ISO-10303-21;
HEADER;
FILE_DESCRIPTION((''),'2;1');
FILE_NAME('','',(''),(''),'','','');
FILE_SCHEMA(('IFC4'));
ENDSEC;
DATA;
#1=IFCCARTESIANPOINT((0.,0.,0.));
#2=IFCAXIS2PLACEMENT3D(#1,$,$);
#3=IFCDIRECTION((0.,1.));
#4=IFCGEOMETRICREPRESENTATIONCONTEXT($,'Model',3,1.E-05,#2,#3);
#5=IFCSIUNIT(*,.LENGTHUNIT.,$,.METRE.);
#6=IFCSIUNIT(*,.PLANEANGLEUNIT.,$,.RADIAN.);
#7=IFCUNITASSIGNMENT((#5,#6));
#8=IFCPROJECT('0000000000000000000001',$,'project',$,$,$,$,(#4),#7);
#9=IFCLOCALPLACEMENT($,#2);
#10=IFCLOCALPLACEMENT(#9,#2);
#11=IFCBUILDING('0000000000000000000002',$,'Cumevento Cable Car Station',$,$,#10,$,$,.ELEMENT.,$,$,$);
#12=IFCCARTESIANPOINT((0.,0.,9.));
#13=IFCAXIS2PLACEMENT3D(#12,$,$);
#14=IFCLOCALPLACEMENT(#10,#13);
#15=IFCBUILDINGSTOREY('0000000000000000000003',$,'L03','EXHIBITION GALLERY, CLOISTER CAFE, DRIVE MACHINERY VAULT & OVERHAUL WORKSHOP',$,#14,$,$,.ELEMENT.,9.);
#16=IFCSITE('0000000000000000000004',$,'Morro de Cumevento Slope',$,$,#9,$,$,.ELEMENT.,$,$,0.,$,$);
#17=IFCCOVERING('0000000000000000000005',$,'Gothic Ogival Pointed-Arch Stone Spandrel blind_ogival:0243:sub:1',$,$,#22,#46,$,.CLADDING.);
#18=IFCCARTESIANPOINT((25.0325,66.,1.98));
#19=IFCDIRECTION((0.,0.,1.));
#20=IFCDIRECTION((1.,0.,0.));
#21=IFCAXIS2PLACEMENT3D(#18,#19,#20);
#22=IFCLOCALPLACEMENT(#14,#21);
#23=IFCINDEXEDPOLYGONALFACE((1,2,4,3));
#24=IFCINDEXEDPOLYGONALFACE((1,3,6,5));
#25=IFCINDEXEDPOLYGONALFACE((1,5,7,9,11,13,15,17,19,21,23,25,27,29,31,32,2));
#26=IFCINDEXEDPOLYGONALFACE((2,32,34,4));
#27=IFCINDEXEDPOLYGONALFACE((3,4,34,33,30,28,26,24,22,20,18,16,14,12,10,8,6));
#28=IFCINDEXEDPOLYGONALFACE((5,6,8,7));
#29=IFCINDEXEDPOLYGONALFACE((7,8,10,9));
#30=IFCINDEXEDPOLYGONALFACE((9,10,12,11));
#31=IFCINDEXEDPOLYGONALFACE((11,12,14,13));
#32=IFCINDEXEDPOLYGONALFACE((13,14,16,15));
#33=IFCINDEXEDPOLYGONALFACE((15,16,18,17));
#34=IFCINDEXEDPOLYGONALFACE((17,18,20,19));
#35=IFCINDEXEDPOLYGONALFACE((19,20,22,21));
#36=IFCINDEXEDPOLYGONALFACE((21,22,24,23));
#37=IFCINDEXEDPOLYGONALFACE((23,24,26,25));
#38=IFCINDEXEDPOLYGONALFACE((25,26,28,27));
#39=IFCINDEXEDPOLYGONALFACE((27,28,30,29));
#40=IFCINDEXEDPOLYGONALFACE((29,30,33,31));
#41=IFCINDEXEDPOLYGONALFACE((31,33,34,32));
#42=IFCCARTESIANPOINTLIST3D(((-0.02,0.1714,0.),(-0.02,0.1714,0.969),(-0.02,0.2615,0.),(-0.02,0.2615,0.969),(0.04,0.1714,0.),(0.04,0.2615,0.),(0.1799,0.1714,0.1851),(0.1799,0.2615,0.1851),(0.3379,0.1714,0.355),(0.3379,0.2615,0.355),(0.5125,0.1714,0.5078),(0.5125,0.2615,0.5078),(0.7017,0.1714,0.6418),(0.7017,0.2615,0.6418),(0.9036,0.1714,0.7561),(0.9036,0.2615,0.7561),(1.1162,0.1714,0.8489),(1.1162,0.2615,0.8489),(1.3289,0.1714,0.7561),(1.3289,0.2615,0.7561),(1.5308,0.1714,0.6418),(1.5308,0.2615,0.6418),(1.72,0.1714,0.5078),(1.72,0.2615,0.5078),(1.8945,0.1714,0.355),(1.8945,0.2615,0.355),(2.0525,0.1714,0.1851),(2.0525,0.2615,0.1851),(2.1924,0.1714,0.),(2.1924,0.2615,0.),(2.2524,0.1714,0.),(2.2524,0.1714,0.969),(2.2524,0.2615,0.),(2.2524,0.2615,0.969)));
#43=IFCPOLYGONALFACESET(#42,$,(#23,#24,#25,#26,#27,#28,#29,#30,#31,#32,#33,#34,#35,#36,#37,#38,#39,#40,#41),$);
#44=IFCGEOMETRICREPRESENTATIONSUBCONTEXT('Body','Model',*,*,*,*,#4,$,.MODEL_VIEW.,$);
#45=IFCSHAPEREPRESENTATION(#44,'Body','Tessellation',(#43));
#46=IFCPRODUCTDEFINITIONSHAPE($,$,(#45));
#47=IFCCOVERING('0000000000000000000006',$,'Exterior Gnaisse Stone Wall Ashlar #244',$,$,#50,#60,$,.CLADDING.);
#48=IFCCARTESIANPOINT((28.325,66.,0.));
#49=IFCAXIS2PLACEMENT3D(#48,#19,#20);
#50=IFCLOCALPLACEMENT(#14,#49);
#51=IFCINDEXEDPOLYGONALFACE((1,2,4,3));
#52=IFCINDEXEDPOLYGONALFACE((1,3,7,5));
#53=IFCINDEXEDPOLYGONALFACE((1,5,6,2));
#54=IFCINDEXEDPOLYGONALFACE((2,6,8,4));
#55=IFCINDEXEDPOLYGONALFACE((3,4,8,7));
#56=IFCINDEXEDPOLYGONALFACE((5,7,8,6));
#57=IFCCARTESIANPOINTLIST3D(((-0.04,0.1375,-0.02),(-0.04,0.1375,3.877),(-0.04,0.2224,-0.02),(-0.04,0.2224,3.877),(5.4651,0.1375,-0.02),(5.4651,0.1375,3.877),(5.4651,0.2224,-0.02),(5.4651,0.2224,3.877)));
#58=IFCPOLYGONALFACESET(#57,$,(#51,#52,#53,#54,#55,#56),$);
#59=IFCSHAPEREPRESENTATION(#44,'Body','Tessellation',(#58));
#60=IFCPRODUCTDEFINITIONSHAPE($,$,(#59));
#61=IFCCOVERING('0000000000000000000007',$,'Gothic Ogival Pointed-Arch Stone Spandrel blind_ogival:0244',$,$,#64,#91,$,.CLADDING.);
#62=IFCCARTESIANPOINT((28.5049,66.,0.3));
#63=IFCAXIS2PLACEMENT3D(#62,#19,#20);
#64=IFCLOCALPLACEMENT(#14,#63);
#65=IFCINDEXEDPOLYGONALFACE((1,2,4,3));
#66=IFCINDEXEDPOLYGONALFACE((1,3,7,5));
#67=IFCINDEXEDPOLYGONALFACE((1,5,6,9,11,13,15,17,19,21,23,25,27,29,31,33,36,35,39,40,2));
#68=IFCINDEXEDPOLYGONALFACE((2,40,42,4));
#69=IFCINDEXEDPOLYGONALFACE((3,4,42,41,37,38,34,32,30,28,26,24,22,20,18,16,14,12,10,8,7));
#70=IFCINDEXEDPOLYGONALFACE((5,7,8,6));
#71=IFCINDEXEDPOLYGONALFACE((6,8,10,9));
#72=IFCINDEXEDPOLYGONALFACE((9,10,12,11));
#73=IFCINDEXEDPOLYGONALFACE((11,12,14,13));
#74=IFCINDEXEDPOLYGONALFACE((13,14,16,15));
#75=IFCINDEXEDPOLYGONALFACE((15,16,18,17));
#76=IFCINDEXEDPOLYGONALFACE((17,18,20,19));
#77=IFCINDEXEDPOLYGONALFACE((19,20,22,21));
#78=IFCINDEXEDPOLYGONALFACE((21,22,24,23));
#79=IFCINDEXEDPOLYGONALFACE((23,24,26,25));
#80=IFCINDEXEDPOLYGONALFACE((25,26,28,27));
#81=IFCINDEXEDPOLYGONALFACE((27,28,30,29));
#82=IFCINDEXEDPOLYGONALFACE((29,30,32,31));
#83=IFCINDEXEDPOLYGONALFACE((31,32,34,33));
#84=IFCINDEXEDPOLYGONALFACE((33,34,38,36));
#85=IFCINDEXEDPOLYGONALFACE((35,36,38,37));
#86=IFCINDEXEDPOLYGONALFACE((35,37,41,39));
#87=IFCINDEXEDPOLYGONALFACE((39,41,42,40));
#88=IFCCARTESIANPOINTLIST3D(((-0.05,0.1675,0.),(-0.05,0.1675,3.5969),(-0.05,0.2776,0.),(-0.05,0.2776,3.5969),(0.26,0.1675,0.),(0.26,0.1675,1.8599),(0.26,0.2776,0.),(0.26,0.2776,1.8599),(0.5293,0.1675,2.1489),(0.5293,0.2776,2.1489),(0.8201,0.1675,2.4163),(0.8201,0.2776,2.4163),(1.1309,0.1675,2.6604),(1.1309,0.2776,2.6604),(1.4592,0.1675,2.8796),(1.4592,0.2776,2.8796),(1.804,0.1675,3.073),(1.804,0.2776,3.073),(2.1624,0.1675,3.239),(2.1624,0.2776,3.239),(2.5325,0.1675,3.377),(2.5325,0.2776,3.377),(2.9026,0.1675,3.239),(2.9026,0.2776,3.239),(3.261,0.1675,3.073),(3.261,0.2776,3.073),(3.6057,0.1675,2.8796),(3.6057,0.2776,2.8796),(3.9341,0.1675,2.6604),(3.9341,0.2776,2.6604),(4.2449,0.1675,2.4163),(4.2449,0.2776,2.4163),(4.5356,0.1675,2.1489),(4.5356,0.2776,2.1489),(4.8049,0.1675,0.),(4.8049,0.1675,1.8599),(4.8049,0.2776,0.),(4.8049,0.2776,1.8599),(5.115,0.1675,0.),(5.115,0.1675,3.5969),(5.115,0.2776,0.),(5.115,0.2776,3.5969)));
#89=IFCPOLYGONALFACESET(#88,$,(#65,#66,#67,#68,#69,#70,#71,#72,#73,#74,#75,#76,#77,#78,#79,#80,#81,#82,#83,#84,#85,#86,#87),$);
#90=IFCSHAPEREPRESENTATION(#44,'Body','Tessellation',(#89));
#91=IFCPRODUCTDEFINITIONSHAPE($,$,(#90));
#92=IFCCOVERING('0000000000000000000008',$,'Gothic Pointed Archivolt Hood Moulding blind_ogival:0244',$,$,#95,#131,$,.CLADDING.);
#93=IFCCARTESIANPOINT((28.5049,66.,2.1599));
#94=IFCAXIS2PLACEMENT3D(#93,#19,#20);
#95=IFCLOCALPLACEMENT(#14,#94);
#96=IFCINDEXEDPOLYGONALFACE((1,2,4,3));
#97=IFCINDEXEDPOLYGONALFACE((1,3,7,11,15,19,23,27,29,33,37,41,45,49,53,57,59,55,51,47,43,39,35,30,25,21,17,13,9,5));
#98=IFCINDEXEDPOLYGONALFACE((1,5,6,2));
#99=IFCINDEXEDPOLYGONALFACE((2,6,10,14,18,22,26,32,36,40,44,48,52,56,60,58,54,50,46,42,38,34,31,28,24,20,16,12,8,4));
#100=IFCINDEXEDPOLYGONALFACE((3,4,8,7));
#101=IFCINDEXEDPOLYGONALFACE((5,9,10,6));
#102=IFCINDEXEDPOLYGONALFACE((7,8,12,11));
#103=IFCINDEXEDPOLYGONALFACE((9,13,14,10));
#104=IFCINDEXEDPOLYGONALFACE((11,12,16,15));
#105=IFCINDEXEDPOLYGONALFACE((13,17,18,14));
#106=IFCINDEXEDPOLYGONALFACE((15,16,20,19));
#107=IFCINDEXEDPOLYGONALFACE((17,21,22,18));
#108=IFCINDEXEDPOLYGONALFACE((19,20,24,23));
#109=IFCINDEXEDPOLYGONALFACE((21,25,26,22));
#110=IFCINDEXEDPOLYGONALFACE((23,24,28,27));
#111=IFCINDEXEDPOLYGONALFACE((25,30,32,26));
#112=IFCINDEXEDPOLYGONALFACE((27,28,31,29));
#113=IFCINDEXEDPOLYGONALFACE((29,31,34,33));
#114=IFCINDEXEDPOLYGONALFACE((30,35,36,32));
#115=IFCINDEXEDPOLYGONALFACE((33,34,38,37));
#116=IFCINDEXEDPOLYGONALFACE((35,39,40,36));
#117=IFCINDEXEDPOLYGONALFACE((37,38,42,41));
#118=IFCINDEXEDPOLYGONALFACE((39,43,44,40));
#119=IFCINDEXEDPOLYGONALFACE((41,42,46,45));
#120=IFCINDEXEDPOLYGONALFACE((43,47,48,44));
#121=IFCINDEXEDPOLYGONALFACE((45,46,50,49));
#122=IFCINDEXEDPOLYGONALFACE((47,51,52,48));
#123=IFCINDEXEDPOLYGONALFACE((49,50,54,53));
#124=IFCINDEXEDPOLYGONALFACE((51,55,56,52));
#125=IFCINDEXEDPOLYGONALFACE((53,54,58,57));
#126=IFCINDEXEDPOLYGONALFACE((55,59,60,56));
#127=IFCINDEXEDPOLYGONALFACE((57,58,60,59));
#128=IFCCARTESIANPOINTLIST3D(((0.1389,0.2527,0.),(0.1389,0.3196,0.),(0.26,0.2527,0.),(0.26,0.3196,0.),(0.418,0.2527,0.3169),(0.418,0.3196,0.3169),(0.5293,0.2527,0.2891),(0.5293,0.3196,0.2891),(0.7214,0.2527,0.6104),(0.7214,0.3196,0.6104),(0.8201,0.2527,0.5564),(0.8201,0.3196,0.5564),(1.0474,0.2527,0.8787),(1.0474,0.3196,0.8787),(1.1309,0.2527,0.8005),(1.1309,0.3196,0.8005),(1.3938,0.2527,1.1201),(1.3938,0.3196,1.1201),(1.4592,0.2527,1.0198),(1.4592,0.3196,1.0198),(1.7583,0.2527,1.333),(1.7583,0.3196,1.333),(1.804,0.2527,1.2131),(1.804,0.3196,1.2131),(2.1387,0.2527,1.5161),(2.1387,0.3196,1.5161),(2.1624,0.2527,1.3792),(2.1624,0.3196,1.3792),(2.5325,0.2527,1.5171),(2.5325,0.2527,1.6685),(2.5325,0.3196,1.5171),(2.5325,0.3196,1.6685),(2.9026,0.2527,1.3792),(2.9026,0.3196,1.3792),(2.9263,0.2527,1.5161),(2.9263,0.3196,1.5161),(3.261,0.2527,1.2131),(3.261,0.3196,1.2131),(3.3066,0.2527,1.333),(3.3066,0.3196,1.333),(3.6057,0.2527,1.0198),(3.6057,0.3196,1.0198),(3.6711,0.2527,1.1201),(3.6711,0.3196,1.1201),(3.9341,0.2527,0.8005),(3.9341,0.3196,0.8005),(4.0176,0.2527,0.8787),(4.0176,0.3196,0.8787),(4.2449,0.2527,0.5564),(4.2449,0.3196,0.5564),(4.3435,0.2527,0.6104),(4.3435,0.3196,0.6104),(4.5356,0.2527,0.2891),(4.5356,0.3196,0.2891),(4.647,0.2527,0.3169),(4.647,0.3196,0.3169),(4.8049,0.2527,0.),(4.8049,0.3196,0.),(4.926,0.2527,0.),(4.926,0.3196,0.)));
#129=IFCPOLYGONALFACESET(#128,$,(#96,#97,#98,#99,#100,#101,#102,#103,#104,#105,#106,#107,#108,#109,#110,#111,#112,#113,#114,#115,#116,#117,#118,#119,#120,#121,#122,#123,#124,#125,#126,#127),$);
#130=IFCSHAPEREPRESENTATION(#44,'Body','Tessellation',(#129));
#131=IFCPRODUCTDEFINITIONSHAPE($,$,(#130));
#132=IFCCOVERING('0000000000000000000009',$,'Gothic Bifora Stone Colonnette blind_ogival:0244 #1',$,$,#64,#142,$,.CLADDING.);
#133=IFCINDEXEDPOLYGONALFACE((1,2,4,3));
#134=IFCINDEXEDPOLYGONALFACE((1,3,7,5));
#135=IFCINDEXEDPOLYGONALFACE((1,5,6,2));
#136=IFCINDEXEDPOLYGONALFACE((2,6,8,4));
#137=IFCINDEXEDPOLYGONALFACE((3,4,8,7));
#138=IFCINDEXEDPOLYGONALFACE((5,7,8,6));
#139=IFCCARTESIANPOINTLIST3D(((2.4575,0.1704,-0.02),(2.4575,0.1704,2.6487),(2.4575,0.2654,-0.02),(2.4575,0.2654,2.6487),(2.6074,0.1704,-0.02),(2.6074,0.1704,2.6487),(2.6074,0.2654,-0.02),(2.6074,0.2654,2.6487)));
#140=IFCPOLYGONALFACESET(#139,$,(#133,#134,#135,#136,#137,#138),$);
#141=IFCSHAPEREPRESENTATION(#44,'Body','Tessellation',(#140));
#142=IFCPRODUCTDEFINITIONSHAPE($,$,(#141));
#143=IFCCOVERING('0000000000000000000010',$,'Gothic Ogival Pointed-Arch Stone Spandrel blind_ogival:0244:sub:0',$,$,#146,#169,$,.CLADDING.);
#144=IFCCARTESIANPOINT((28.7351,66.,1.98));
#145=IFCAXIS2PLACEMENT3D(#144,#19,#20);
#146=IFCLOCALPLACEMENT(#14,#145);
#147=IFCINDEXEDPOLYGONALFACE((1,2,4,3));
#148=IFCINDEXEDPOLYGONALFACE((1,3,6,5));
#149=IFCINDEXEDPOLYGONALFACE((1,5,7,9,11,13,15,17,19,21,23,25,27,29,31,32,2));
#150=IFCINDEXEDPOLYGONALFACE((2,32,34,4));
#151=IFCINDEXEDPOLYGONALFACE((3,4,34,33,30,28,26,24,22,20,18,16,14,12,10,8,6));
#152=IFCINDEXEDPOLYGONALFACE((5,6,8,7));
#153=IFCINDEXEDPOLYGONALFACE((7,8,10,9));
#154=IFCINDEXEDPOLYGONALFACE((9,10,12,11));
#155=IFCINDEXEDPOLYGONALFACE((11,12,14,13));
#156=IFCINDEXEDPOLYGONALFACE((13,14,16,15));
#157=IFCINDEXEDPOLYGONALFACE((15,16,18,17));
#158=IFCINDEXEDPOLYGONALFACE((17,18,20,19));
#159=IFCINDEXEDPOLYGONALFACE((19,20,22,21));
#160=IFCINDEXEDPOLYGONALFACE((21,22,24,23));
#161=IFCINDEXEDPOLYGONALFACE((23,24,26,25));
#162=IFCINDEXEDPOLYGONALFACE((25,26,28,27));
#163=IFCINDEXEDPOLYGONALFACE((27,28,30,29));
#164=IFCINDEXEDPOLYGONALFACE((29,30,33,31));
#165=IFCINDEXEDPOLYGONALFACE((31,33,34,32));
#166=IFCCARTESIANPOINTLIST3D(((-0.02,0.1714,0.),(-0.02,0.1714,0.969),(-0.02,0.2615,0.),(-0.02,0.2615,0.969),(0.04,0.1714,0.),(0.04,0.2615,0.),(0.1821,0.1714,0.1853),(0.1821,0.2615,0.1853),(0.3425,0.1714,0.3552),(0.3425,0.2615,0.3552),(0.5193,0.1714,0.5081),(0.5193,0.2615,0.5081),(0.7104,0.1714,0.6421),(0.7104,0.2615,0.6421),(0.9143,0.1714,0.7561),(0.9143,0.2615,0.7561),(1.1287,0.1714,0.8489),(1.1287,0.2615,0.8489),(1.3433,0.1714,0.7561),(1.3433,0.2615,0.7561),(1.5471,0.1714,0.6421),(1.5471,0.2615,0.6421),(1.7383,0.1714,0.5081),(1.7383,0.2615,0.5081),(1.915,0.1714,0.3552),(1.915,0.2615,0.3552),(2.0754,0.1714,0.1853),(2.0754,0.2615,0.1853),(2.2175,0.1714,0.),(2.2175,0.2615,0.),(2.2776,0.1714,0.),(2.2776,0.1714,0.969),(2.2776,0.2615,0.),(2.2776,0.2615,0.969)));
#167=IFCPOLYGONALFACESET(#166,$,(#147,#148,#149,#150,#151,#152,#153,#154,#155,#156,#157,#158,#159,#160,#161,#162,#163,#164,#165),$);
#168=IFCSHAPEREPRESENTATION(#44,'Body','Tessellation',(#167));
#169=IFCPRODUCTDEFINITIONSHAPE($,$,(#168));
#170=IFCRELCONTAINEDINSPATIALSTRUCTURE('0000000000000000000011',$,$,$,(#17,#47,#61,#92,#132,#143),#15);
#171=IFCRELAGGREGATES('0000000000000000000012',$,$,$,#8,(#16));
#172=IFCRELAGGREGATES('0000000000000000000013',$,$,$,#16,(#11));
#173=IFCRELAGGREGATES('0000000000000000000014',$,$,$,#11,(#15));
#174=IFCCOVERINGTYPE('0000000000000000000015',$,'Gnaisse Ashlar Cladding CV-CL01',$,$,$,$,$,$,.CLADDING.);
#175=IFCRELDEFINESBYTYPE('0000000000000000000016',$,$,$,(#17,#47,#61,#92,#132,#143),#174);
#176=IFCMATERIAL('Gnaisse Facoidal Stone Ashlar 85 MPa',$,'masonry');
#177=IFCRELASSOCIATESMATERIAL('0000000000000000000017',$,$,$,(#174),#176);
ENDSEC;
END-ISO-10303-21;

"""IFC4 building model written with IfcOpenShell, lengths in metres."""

from ifc_helpers import new_model, si_unit, direction, frame, origin, place, context, subcontext, project, spatial, polyline, outline, extrude, material, type_object, element, save


model = new_model("IFC4")

# Units and contexts
model_context = context("Model", 3, precision=1e-05, world=origin(), true_north=direction((0.0, 1.0)))
body_context = subcontext(model_context, "Body", "Model", "MODEL_VIEW")
ifc_project = project(units=[si_unit("LENGTHUNIT", "METRE"), si_unit("PLANEANGLEUNIT", "RADIAN")], contexts=[model_context])

# Site, building, storey
site_placement = place(None, origin())
site = spatial("IfcSite", under=ifc_project, at=site_placement, Name="Morro de Cumevento Slope", CompositionType="ELEMENT", RefElevation=0.0)
building_placement = place(site_placement, origin())
building = spatial("IfcBuilding", under=site, at=building_placement, Name="Cumevento Cable Car Station", CompositionType="ELEMENT")
storey_placement = place(building_placement, frame((0.0, 0.0, 9.0)))
storey = spatial("IfcBuildingStorey", under=building, at=storey_placement, Name="L03", Description="EXHIBITION GALLERY, CLOISTER CAFE, DRIVE MACHINERY VAULT & OVERHAUL WORKSHOP", CompositionType="ELEMENT", Elevation=9.0)

# Coverings
ifc_material_1 = material(Name="Gnaisse Facoidal Stone Ashlar 85 MPa", Category="masonry")
covering_type = type_object("IfcCoveringType", Name="Gnaisse Ashlar Cladding CV-CL01", PredefinedType="CLADDING", material=ifc_material_1)
covering_1_placement = place(storey_placement, frame((25.0325, 66.0, 1.98), z_axis=(0.0, 0.0, 1.0), x_axis=(1.0, 0.0, 0.0)))
element("IfcCovering", 1, at=covering_1_placement, inside=storey, type_object=covering_type, Name="Gothic Ogival Pointed-Arch Stone Spandrel blind_ogival:0243:sub:1", PredefinedType="CLADDING", context=body_context, shape_type="SweptSolid", body=[
    extrude(outline(polyline([(-0.02, 0.0), (-0.02, 0.969), (2.2524, 0.969), (2.2524, 0.0), (2.1924, 0.0), (2.0525, 0.1851), (1.8945, 0.355), (1.72, 0.5078), (1.5308, 0.6418), (1.3289, 0.7561), (1.1162, 0.8489), (0.9036, 0.7561), (0.7017, 0.6418), (0.5125, 0.5078), (0.3379, 0.355), (0.1799, 0.1851), (0.04, 0.0), (-0.02, 0.0)])), frame((0.0, 0.2615, 0.0), z_axis=(0.0, -1.0, 0.0), x_axis=(1.0, 0.0, 0.0)), (0.0, 0.0, 1.0), 0.0901),
])
covering_2_placement = place(storey_placement, frame((28.325, 66.0, 0.0), z_axis=(0.0, 0.0, 1.0), x_axis=(1.0, 0.0, 0.0)))
element("IfcCovering", 2, at=covering_2_placement, inside=storey, type_object=covering_type, Name="Exterior Gnaisse Stone Wall Ashlar #244", PredefinedType="CLADDING", context=body_context, shape_type="SweptSolid", body=[
    extrude(outline(polyline([(-0.04, -0.02), (5.4651, -0.02), (5.4651, 3.877), (-0.04, 3.877), (-0.04, -0.02)])), frame((0.0, 0.2224, 0.0), z_axis=(0.0, -1.0, 0.0), x_axis=(1.0, 0.0, 0.0)), (0.0, 0.0, 1.0), 0.085),
])
placement = place(storey_placement, frame((28.5049, 66.0, 0.3), z_axis=(0.0, 0.0, 1.0), x_axis=(1.0, 0.0, 0.0)))
element("IfcCovering", 3, at=placement, inside=storey, type_object=covering_type, Name="Gothic Ogival Pointed-Arch Stone Spandrel blind_ogival:0244", PredefinedType="CLADDING", context=body_context, shape_type="SweptSolid", body=[
    extrude(outline(polyline([(-0.05, 0.0), (-0.05, 3.5969), (5.115, 3.5969), (5.115, 0.0), (4.8049, 0.0), (4.8049, 1.8599), (4.5356, 2.1489), (4.2449, 2.4163), (3.9341, 2.6604), (3.6057, 2.8796), (3.261, 3.073), (2.9026, 3.239), (2.5325, 3.377), (2.1624, 3.239), (1.804, 3.073), (1.4592, 2.8796), (1.1309, 2.6604), (0.8201, 2.4163), (0.5293, 2.1489), (0.26, 1.8599), (0.26, 0.0), (-0.05, 0.0)])), frame((0.0, 0.2776, 0.0), z_axis=(0.0, -1.0, 0.0), x_axis=(1.0, 0.0, 0.0)), (0.0, 0.0, 1.0), 0.1101),
])
covering_3_placement = place(storey_placement, frame((28.5049, 66.0, 2.1599), z_axis=(0.0, 0.0, 1.0), x_axis=(1.0, 0.0, 0.0)))
element("IfcCovering", 4, at=covering_3_placement, inside=storey, type_object=covering_type, Name="Gothic Pointed Archivolt Hood Moulding blind_ogival:0244", PredefinedType="CLADDING", context=body_context, shape_type="SweptSolid", body=[
    extrude(outline(polyline([(0.26, 0.0), (0.5293, 0.2891), (0.8201, 0.5564), (1.1309, 0.8005), (1.4592, 1.0198), (1.804, 1.2131), (2.1624, 1.3792), (2.5325, 1.5171), (2.9026, 1.3792), (3.261, 1.2131), (3.6057, 1.0198), (3.9341, 0.8005), (4.2449, 0.5564), (4.5356, 0.2891), (4.8049, 0.0), (4.926, 0.0), (4.647, 0.3169), (4.3435, 0.6104), (4.0176, 0.8787), (3.6711, 1.1201), (3.3066, 1.333), (2.9263, 1.5161), (2.5325, 1.6685), (2.1387, 1.5161), (1.7583, 1.333), (1.3938, 1.1201), (1.0474, 0.8787), (0.7214, 0.6104), (0.418, 0.3169), (0.1389, 0.0), (0.26, 0.0)])), frame((0.0, 0.3196, 0.0), z_axis=(0.0, -1.0, 0.0), x_axis=(1.0, 0.0, 0.0)), (0.0, 0.0, 1.0), 0.0669),
])
element("IfcCovering", 5, at=placement, inside=storey, type_object=covering_type, Name="Gothic Bifora Stone Colonnette blind_ogival:0244 #1", PredefinedType="CLADDING", context=body_context, shape_type="SweptSolid", body=[
    extrude(outline(polyline([(2.4575, -0.02), (2.6074, -0.02), (2.6074, 2.6487), (2.4575, 2.6487), (2.4575, -0.02)])), frame((0.0, 0.2654, 0.0), z_axis=(0.0, -1.0, 0.0), x_axis=(1.0, 0.0, 0.0)), (0.0, 0.0, 1.0), 0.095),
])
covering_4_placement = place(storey_placement, frame((28.7351, 66.0, 1.98), z_axis=(0.0, 0.0, 1.0), x_axis=(1.0, 0.0, 0.0)))
element("IfcCovering", 6, at=covering_4_placement, inside=storey, type_object=covering_type, Name="Gothic Ogival Pointed-Arch Stone Spandrel blind_ogival:0244:sub:0", PredefinedType="CLADDING", context=body_context, shape_type="SweptSolid", body=[
    extrude(outline(polyline([(-0.02, 0.0), (-0.02, 0.969), (2.2776, 0.969), (2.2776, 0.0), (2.2175, 0.0), (2.0754, 0.1853), (1.915, 0.3552), (1.7383, 0.5081), (1.5471, 0.6421), (1.3433, 0.7561), (1.1287, 0.8489), (0.9143, 0.7561), (0.7104, 0.6421), (0.5193, 0.5081), (0.3425, 0.3552), (0.1821, 0.1853), (0.04, 0.0), (-0.02, 0.0)])), frame((0.0, 0.2615, 0.0), z_axis=(0.0, -1.0, 0.0), x_axis=(1.0, 0.0, 0.0)), (0.0, 0.0, 1.0), 0.0901),
])

save(model, "model.ifc")
